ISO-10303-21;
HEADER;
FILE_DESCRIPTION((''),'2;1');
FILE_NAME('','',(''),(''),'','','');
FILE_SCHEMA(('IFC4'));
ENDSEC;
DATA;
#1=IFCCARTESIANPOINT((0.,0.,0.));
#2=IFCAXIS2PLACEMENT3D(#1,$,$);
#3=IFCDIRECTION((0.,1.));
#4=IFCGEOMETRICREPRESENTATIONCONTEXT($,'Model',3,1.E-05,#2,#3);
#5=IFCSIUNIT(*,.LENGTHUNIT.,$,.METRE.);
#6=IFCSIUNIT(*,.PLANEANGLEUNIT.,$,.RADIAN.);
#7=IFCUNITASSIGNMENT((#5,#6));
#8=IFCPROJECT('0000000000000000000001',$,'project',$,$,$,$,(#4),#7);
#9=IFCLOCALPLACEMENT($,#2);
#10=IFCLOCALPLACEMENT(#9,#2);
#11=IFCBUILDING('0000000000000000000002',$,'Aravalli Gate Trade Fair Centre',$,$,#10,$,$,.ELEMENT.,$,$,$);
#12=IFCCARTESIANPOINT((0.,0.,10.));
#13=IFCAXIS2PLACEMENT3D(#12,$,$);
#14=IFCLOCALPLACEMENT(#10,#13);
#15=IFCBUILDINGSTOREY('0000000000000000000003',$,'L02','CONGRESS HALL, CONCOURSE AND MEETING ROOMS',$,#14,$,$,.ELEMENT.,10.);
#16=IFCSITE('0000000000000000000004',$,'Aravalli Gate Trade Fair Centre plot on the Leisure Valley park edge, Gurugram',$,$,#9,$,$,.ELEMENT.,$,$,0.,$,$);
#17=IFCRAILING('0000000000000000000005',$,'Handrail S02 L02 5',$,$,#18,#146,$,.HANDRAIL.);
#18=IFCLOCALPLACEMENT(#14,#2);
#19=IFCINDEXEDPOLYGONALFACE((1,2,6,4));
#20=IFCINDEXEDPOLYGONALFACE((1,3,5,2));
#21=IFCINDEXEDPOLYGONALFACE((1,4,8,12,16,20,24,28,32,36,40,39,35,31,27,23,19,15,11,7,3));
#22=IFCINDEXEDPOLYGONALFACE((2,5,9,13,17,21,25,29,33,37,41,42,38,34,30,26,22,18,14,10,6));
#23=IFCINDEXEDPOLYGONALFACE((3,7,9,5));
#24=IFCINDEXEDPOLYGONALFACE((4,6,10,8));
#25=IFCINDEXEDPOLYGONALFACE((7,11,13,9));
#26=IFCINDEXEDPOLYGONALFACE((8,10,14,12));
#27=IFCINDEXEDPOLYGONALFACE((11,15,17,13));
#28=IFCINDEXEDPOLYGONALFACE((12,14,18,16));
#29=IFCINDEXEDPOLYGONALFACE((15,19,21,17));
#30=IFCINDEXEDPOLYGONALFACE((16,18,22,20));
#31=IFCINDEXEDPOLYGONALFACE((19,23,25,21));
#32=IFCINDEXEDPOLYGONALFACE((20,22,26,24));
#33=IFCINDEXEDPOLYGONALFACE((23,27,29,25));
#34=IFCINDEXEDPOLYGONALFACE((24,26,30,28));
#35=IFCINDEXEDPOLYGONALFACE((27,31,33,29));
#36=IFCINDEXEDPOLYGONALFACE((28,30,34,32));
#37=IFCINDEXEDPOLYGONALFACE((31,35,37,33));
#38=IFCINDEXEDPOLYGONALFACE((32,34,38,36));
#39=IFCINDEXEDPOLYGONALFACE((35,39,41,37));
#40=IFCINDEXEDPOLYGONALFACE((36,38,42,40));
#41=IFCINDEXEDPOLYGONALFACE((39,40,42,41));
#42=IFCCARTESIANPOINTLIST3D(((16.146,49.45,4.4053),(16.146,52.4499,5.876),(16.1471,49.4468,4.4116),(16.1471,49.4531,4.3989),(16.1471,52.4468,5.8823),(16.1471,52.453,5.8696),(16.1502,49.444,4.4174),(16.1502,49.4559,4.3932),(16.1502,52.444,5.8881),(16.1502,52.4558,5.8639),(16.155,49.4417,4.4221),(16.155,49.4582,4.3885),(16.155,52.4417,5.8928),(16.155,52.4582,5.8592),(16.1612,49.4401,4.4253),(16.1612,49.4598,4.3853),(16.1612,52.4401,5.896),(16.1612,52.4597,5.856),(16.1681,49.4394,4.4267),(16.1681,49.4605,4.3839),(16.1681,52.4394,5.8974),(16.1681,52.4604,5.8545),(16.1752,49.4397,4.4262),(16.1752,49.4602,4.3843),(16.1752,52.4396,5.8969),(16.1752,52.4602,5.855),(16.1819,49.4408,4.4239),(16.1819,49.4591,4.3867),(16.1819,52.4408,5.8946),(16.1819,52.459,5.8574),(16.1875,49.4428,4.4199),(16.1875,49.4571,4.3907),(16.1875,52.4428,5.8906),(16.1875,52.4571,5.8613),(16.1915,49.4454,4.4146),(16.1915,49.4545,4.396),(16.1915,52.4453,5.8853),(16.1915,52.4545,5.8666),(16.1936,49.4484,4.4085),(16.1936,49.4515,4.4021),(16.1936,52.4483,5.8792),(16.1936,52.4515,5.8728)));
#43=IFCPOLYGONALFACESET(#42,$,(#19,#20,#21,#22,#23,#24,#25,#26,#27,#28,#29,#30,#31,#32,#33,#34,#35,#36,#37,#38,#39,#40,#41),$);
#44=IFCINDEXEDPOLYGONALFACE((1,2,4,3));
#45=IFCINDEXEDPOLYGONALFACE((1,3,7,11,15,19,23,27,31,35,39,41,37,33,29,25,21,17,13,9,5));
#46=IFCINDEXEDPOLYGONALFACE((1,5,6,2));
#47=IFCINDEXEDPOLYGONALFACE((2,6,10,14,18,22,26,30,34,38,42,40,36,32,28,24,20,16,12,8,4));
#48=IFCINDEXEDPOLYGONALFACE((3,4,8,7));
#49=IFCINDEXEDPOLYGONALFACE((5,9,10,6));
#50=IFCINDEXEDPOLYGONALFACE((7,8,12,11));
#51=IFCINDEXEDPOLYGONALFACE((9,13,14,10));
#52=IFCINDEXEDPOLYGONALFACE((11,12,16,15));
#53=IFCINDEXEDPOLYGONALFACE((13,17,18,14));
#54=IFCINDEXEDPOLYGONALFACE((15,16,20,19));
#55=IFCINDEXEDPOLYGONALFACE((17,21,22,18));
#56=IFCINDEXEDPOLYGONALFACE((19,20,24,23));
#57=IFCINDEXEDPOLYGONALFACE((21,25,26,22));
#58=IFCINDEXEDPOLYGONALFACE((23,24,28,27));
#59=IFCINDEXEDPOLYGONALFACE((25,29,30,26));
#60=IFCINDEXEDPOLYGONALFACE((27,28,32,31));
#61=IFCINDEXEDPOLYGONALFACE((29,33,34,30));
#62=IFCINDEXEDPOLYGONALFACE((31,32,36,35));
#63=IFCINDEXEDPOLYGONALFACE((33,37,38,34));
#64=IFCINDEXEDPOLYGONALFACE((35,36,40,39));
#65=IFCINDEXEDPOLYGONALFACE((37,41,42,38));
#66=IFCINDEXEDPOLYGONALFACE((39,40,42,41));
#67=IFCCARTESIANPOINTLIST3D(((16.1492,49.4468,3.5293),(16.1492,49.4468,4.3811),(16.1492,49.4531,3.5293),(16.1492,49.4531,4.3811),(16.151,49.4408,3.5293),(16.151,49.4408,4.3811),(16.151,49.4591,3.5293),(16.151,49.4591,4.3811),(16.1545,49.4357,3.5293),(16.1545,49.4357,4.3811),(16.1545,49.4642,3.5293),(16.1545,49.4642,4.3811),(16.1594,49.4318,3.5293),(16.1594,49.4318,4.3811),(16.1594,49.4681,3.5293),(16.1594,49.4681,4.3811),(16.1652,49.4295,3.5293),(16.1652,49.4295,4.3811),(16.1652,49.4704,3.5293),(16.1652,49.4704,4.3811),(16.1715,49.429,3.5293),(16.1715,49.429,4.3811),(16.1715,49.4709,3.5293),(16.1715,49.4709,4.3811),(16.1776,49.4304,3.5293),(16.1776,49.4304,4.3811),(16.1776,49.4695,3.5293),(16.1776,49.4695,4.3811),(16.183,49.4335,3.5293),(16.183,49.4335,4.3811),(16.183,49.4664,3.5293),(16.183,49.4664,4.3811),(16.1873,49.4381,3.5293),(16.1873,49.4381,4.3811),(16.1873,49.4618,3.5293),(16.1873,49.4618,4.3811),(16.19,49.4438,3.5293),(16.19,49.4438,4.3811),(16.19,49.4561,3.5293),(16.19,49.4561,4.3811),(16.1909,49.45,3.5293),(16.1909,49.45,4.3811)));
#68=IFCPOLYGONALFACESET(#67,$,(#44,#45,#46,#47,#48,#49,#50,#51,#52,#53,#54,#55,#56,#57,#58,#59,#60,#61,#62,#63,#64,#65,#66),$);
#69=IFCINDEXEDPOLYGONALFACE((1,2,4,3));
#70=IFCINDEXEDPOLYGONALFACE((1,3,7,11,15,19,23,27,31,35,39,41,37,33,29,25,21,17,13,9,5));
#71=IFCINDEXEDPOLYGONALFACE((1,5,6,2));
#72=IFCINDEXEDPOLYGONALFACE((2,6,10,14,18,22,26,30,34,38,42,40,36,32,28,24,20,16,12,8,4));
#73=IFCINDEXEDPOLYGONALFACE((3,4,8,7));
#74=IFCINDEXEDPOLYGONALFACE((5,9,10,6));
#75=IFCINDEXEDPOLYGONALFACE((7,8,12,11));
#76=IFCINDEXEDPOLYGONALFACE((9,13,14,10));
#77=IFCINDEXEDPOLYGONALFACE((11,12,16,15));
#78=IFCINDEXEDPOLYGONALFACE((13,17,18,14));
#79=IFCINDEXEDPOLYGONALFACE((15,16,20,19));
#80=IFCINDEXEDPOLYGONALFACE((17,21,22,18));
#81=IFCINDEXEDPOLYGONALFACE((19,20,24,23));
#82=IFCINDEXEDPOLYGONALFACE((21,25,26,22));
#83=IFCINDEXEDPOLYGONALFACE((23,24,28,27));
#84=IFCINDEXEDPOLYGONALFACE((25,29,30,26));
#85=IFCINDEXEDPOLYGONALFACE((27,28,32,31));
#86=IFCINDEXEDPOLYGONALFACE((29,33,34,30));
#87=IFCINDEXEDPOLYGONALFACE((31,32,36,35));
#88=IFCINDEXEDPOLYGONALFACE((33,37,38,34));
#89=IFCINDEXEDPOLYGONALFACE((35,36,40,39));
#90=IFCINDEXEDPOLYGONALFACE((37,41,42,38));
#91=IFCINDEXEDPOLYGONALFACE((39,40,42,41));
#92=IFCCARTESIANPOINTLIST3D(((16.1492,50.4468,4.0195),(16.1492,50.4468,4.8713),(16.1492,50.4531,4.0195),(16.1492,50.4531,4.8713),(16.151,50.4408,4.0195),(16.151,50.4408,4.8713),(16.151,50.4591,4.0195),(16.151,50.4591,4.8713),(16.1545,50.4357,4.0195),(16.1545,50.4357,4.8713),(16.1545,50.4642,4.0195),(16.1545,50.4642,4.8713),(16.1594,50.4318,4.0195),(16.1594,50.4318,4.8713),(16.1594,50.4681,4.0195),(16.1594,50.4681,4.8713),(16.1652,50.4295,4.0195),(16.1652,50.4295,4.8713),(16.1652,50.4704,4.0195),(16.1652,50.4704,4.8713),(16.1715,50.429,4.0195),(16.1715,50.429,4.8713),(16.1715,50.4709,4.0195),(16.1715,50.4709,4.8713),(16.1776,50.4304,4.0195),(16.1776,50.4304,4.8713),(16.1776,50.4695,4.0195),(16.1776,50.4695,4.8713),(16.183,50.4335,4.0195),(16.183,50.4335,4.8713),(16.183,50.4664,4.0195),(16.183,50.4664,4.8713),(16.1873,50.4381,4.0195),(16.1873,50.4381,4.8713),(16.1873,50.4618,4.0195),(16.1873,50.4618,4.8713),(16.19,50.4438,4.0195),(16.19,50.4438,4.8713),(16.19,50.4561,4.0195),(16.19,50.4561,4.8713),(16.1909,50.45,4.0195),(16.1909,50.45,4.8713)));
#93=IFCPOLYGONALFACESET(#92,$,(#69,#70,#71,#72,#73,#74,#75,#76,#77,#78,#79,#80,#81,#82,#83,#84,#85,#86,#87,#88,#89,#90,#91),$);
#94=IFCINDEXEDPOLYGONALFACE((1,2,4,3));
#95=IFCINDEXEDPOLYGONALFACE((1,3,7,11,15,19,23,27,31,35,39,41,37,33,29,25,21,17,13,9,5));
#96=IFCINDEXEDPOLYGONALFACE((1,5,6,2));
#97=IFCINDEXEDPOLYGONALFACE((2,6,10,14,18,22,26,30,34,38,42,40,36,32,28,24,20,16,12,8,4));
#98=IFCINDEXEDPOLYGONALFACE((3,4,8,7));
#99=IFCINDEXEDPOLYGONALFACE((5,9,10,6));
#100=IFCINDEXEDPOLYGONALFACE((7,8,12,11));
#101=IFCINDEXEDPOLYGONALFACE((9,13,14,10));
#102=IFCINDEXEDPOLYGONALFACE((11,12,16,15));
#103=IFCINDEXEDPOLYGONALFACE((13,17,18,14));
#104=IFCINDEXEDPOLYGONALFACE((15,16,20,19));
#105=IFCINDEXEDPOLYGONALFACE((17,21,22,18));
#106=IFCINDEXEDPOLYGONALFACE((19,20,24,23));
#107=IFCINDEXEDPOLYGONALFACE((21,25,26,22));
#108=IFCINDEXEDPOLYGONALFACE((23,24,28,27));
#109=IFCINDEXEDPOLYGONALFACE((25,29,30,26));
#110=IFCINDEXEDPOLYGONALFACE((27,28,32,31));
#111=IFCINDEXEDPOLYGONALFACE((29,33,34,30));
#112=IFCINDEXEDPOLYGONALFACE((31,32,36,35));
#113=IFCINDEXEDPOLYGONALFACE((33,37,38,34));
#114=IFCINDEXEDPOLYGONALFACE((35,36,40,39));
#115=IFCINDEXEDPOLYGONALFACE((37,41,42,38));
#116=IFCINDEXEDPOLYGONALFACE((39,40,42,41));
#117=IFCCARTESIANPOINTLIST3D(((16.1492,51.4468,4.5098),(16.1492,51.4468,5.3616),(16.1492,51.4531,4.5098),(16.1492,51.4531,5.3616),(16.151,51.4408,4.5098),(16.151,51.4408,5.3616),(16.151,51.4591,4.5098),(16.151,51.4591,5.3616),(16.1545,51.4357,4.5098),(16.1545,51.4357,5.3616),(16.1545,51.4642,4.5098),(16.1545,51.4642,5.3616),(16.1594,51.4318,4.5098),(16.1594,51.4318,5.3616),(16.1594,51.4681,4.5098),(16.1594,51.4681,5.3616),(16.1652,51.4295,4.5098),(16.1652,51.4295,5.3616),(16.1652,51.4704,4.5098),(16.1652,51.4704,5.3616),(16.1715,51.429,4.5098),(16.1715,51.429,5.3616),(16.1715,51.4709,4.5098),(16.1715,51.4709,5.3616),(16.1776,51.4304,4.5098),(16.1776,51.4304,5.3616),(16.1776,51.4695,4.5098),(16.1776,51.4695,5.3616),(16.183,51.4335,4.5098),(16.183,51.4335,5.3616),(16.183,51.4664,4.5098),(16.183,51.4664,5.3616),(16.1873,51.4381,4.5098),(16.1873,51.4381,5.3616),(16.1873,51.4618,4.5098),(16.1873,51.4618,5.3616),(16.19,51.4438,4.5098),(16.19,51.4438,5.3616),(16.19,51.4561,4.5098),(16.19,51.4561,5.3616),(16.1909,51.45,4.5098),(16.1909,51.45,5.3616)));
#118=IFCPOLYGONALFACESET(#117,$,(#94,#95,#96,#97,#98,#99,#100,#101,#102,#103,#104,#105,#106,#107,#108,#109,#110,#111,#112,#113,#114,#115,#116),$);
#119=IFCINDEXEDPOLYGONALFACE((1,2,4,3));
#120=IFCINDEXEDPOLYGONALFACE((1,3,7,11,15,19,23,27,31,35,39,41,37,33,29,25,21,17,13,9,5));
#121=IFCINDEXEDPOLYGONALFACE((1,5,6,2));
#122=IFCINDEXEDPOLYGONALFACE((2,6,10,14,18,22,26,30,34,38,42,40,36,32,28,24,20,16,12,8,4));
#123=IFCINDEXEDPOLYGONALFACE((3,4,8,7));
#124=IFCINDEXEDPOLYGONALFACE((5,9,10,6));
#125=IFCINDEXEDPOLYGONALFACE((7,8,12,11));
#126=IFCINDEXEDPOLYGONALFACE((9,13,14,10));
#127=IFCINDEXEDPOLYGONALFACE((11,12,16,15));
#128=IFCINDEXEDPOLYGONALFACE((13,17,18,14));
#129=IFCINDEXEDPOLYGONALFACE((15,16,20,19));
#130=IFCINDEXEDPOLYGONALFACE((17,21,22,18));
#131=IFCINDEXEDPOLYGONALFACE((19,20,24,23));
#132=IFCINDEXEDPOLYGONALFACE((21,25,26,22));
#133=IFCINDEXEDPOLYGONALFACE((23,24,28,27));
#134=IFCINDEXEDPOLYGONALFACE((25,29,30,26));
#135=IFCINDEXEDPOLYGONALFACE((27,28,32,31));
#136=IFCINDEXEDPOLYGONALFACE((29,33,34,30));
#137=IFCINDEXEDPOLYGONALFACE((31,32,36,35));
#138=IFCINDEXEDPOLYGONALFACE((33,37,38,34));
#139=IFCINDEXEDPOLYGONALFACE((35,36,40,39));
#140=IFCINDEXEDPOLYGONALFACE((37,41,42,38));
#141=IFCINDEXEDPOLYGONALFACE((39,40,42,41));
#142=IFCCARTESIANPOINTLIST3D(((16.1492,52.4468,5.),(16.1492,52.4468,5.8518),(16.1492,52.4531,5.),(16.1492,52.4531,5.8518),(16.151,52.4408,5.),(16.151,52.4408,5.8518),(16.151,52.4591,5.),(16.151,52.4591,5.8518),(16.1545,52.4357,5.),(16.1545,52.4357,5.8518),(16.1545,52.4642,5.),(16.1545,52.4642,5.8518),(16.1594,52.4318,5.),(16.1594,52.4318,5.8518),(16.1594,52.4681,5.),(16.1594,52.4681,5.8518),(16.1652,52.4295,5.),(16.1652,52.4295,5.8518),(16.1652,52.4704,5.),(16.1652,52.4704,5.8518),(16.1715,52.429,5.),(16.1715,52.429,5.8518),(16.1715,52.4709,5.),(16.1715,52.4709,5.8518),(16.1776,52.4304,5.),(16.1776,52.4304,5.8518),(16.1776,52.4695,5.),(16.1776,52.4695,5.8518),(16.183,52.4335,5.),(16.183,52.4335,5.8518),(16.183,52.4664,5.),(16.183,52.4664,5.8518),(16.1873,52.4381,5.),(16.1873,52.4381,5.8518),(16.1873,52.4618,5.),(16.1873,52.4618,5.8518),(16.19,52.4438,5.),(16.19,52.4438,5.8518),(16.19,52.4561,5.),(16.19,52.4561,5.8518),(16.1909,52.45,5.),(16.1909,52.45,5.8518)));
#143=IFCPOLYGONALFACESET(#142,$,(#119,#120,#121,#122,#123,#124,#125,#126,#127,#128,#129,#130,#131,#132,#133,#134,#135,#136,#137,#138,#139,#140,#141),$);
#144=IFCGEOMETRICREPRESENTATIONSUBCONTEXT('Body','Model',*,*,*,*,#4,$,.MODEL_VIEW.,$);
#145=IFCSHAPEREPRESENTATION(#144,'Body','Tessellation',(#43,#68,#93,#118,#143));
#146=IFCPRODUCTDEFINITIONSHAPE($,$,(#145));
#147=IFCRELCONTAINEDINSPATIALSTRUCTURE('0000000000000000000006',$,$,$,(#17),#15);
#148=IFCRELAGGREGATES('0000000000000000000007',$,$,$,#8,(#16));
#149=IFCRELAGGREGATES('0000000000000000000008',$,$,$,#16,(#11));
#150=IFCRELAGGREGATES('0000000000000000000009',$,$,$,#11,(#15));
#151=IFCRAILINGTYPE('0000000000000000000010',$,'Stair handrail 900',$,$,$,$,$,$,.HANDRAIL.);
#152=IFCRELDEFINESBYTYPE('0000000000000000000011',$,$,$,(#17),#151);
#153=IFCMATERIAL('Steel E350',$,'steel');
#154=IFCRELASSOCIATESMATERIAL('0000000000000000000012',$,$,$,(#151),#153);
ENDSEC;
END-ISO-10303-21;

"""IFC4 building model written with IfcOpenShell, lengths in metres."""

from ifc_helpers import new_model, si_unit, direction, frame, origin, origin_2d, place, context, subcontext, project, spatial, circle, extrude, material, type_object, element, save


model = new_model("IFC4")

# Units and contexts
model_context = context("Model", 3, precision=1e-05, world=origin(), true_north=direction((0.0, 1.0)))
body_context = subcontext(model_context, "Body", "Model", "MODEL_VIEW")
ifc_project = project(units=[si_unit("LENGTHUNIT", "METRE"), si_unit("PLANEANGLEUNIT", "RADIAN")], contexts=[model_context])

# Site, building, storey
site_placement = place(None, origin())
site = spatial("IfcSite", under=ifc_project, at=site_placement, Name="Aravalli Gate Trade Fair Centre plot on the Leisure Valley park edge, Gurugram", CompositionType="ELEMENT", RefElevation=0.0)
building_placement = place(site_placement, origin())
building = spatial("IfcBuilding", under=site, at=building_placement, Name="Aravalli Gate Trade Fair Centre", CompositionType="ELEMENT")
storey_placement = place(building_placement, frame((0.0, 0.0, 10.0)))
storey = spatial("IfcBuildingStorey", under=building, at=storey_placement, Name="L02", Description="CONGRESS HALL, CONCOURSE AND MEETING ROOMS", CompositionType="ELEMENT", Elevation=10.0)

# Shared definitions
ifc_material_1 = material(Name="Steel E350", Category="steel")

# Railing
railing_type_1 = type_object("IfcRailingType", Name="Stair handrail 900", PredefinedType="HANDRAIL", material=ifc_material_1)
for number, where, name in (
    (1, (16.1699, 49.45, 3.5293), "Handrail S02 L02 5"),
):
    element("IfcRailing", number, at=place(storey_placement, frame(where)), inside=storey, type_object=railing_type_1, Name=name, PredefinedType="HANDRAIL", context=body_context, shape_type="SweptSolid", body=[
        extrude(circle(Radius=0.0239, at=origin_2d()), frame((0.0, 0.0, 0.876), z_axis=(0.0, 0.897907, 0.440185), x_axis=(-1.0, 0.0, 0.0)), (0.0, 0.0, 1.0), 3.3411),
        extrude(circle(Radius=0.021, at=origin_2d()), origin(), (0.0, 0.0, 1.0), 0.8518),
        extrude(circle(Radius=0.021, at=origin_2d()), frame((0.0, 1.0, 0.4902)), (0.0, 0.0, 1.0), 0.8518),
        extrude(circle(Radius=0.021, at=origin_2d()), frame((0.0, 2.0, 0.9805)), (0.0, 0.0, 1.0), 0.8518),
        extrude(circle(Radius=0.021, at=origin_2d()), frame((0.0, 3.0, 1.4707)), (0.0, 0.0, 1.0), 0.8518),
    ])

save(model, "model.ifc")
